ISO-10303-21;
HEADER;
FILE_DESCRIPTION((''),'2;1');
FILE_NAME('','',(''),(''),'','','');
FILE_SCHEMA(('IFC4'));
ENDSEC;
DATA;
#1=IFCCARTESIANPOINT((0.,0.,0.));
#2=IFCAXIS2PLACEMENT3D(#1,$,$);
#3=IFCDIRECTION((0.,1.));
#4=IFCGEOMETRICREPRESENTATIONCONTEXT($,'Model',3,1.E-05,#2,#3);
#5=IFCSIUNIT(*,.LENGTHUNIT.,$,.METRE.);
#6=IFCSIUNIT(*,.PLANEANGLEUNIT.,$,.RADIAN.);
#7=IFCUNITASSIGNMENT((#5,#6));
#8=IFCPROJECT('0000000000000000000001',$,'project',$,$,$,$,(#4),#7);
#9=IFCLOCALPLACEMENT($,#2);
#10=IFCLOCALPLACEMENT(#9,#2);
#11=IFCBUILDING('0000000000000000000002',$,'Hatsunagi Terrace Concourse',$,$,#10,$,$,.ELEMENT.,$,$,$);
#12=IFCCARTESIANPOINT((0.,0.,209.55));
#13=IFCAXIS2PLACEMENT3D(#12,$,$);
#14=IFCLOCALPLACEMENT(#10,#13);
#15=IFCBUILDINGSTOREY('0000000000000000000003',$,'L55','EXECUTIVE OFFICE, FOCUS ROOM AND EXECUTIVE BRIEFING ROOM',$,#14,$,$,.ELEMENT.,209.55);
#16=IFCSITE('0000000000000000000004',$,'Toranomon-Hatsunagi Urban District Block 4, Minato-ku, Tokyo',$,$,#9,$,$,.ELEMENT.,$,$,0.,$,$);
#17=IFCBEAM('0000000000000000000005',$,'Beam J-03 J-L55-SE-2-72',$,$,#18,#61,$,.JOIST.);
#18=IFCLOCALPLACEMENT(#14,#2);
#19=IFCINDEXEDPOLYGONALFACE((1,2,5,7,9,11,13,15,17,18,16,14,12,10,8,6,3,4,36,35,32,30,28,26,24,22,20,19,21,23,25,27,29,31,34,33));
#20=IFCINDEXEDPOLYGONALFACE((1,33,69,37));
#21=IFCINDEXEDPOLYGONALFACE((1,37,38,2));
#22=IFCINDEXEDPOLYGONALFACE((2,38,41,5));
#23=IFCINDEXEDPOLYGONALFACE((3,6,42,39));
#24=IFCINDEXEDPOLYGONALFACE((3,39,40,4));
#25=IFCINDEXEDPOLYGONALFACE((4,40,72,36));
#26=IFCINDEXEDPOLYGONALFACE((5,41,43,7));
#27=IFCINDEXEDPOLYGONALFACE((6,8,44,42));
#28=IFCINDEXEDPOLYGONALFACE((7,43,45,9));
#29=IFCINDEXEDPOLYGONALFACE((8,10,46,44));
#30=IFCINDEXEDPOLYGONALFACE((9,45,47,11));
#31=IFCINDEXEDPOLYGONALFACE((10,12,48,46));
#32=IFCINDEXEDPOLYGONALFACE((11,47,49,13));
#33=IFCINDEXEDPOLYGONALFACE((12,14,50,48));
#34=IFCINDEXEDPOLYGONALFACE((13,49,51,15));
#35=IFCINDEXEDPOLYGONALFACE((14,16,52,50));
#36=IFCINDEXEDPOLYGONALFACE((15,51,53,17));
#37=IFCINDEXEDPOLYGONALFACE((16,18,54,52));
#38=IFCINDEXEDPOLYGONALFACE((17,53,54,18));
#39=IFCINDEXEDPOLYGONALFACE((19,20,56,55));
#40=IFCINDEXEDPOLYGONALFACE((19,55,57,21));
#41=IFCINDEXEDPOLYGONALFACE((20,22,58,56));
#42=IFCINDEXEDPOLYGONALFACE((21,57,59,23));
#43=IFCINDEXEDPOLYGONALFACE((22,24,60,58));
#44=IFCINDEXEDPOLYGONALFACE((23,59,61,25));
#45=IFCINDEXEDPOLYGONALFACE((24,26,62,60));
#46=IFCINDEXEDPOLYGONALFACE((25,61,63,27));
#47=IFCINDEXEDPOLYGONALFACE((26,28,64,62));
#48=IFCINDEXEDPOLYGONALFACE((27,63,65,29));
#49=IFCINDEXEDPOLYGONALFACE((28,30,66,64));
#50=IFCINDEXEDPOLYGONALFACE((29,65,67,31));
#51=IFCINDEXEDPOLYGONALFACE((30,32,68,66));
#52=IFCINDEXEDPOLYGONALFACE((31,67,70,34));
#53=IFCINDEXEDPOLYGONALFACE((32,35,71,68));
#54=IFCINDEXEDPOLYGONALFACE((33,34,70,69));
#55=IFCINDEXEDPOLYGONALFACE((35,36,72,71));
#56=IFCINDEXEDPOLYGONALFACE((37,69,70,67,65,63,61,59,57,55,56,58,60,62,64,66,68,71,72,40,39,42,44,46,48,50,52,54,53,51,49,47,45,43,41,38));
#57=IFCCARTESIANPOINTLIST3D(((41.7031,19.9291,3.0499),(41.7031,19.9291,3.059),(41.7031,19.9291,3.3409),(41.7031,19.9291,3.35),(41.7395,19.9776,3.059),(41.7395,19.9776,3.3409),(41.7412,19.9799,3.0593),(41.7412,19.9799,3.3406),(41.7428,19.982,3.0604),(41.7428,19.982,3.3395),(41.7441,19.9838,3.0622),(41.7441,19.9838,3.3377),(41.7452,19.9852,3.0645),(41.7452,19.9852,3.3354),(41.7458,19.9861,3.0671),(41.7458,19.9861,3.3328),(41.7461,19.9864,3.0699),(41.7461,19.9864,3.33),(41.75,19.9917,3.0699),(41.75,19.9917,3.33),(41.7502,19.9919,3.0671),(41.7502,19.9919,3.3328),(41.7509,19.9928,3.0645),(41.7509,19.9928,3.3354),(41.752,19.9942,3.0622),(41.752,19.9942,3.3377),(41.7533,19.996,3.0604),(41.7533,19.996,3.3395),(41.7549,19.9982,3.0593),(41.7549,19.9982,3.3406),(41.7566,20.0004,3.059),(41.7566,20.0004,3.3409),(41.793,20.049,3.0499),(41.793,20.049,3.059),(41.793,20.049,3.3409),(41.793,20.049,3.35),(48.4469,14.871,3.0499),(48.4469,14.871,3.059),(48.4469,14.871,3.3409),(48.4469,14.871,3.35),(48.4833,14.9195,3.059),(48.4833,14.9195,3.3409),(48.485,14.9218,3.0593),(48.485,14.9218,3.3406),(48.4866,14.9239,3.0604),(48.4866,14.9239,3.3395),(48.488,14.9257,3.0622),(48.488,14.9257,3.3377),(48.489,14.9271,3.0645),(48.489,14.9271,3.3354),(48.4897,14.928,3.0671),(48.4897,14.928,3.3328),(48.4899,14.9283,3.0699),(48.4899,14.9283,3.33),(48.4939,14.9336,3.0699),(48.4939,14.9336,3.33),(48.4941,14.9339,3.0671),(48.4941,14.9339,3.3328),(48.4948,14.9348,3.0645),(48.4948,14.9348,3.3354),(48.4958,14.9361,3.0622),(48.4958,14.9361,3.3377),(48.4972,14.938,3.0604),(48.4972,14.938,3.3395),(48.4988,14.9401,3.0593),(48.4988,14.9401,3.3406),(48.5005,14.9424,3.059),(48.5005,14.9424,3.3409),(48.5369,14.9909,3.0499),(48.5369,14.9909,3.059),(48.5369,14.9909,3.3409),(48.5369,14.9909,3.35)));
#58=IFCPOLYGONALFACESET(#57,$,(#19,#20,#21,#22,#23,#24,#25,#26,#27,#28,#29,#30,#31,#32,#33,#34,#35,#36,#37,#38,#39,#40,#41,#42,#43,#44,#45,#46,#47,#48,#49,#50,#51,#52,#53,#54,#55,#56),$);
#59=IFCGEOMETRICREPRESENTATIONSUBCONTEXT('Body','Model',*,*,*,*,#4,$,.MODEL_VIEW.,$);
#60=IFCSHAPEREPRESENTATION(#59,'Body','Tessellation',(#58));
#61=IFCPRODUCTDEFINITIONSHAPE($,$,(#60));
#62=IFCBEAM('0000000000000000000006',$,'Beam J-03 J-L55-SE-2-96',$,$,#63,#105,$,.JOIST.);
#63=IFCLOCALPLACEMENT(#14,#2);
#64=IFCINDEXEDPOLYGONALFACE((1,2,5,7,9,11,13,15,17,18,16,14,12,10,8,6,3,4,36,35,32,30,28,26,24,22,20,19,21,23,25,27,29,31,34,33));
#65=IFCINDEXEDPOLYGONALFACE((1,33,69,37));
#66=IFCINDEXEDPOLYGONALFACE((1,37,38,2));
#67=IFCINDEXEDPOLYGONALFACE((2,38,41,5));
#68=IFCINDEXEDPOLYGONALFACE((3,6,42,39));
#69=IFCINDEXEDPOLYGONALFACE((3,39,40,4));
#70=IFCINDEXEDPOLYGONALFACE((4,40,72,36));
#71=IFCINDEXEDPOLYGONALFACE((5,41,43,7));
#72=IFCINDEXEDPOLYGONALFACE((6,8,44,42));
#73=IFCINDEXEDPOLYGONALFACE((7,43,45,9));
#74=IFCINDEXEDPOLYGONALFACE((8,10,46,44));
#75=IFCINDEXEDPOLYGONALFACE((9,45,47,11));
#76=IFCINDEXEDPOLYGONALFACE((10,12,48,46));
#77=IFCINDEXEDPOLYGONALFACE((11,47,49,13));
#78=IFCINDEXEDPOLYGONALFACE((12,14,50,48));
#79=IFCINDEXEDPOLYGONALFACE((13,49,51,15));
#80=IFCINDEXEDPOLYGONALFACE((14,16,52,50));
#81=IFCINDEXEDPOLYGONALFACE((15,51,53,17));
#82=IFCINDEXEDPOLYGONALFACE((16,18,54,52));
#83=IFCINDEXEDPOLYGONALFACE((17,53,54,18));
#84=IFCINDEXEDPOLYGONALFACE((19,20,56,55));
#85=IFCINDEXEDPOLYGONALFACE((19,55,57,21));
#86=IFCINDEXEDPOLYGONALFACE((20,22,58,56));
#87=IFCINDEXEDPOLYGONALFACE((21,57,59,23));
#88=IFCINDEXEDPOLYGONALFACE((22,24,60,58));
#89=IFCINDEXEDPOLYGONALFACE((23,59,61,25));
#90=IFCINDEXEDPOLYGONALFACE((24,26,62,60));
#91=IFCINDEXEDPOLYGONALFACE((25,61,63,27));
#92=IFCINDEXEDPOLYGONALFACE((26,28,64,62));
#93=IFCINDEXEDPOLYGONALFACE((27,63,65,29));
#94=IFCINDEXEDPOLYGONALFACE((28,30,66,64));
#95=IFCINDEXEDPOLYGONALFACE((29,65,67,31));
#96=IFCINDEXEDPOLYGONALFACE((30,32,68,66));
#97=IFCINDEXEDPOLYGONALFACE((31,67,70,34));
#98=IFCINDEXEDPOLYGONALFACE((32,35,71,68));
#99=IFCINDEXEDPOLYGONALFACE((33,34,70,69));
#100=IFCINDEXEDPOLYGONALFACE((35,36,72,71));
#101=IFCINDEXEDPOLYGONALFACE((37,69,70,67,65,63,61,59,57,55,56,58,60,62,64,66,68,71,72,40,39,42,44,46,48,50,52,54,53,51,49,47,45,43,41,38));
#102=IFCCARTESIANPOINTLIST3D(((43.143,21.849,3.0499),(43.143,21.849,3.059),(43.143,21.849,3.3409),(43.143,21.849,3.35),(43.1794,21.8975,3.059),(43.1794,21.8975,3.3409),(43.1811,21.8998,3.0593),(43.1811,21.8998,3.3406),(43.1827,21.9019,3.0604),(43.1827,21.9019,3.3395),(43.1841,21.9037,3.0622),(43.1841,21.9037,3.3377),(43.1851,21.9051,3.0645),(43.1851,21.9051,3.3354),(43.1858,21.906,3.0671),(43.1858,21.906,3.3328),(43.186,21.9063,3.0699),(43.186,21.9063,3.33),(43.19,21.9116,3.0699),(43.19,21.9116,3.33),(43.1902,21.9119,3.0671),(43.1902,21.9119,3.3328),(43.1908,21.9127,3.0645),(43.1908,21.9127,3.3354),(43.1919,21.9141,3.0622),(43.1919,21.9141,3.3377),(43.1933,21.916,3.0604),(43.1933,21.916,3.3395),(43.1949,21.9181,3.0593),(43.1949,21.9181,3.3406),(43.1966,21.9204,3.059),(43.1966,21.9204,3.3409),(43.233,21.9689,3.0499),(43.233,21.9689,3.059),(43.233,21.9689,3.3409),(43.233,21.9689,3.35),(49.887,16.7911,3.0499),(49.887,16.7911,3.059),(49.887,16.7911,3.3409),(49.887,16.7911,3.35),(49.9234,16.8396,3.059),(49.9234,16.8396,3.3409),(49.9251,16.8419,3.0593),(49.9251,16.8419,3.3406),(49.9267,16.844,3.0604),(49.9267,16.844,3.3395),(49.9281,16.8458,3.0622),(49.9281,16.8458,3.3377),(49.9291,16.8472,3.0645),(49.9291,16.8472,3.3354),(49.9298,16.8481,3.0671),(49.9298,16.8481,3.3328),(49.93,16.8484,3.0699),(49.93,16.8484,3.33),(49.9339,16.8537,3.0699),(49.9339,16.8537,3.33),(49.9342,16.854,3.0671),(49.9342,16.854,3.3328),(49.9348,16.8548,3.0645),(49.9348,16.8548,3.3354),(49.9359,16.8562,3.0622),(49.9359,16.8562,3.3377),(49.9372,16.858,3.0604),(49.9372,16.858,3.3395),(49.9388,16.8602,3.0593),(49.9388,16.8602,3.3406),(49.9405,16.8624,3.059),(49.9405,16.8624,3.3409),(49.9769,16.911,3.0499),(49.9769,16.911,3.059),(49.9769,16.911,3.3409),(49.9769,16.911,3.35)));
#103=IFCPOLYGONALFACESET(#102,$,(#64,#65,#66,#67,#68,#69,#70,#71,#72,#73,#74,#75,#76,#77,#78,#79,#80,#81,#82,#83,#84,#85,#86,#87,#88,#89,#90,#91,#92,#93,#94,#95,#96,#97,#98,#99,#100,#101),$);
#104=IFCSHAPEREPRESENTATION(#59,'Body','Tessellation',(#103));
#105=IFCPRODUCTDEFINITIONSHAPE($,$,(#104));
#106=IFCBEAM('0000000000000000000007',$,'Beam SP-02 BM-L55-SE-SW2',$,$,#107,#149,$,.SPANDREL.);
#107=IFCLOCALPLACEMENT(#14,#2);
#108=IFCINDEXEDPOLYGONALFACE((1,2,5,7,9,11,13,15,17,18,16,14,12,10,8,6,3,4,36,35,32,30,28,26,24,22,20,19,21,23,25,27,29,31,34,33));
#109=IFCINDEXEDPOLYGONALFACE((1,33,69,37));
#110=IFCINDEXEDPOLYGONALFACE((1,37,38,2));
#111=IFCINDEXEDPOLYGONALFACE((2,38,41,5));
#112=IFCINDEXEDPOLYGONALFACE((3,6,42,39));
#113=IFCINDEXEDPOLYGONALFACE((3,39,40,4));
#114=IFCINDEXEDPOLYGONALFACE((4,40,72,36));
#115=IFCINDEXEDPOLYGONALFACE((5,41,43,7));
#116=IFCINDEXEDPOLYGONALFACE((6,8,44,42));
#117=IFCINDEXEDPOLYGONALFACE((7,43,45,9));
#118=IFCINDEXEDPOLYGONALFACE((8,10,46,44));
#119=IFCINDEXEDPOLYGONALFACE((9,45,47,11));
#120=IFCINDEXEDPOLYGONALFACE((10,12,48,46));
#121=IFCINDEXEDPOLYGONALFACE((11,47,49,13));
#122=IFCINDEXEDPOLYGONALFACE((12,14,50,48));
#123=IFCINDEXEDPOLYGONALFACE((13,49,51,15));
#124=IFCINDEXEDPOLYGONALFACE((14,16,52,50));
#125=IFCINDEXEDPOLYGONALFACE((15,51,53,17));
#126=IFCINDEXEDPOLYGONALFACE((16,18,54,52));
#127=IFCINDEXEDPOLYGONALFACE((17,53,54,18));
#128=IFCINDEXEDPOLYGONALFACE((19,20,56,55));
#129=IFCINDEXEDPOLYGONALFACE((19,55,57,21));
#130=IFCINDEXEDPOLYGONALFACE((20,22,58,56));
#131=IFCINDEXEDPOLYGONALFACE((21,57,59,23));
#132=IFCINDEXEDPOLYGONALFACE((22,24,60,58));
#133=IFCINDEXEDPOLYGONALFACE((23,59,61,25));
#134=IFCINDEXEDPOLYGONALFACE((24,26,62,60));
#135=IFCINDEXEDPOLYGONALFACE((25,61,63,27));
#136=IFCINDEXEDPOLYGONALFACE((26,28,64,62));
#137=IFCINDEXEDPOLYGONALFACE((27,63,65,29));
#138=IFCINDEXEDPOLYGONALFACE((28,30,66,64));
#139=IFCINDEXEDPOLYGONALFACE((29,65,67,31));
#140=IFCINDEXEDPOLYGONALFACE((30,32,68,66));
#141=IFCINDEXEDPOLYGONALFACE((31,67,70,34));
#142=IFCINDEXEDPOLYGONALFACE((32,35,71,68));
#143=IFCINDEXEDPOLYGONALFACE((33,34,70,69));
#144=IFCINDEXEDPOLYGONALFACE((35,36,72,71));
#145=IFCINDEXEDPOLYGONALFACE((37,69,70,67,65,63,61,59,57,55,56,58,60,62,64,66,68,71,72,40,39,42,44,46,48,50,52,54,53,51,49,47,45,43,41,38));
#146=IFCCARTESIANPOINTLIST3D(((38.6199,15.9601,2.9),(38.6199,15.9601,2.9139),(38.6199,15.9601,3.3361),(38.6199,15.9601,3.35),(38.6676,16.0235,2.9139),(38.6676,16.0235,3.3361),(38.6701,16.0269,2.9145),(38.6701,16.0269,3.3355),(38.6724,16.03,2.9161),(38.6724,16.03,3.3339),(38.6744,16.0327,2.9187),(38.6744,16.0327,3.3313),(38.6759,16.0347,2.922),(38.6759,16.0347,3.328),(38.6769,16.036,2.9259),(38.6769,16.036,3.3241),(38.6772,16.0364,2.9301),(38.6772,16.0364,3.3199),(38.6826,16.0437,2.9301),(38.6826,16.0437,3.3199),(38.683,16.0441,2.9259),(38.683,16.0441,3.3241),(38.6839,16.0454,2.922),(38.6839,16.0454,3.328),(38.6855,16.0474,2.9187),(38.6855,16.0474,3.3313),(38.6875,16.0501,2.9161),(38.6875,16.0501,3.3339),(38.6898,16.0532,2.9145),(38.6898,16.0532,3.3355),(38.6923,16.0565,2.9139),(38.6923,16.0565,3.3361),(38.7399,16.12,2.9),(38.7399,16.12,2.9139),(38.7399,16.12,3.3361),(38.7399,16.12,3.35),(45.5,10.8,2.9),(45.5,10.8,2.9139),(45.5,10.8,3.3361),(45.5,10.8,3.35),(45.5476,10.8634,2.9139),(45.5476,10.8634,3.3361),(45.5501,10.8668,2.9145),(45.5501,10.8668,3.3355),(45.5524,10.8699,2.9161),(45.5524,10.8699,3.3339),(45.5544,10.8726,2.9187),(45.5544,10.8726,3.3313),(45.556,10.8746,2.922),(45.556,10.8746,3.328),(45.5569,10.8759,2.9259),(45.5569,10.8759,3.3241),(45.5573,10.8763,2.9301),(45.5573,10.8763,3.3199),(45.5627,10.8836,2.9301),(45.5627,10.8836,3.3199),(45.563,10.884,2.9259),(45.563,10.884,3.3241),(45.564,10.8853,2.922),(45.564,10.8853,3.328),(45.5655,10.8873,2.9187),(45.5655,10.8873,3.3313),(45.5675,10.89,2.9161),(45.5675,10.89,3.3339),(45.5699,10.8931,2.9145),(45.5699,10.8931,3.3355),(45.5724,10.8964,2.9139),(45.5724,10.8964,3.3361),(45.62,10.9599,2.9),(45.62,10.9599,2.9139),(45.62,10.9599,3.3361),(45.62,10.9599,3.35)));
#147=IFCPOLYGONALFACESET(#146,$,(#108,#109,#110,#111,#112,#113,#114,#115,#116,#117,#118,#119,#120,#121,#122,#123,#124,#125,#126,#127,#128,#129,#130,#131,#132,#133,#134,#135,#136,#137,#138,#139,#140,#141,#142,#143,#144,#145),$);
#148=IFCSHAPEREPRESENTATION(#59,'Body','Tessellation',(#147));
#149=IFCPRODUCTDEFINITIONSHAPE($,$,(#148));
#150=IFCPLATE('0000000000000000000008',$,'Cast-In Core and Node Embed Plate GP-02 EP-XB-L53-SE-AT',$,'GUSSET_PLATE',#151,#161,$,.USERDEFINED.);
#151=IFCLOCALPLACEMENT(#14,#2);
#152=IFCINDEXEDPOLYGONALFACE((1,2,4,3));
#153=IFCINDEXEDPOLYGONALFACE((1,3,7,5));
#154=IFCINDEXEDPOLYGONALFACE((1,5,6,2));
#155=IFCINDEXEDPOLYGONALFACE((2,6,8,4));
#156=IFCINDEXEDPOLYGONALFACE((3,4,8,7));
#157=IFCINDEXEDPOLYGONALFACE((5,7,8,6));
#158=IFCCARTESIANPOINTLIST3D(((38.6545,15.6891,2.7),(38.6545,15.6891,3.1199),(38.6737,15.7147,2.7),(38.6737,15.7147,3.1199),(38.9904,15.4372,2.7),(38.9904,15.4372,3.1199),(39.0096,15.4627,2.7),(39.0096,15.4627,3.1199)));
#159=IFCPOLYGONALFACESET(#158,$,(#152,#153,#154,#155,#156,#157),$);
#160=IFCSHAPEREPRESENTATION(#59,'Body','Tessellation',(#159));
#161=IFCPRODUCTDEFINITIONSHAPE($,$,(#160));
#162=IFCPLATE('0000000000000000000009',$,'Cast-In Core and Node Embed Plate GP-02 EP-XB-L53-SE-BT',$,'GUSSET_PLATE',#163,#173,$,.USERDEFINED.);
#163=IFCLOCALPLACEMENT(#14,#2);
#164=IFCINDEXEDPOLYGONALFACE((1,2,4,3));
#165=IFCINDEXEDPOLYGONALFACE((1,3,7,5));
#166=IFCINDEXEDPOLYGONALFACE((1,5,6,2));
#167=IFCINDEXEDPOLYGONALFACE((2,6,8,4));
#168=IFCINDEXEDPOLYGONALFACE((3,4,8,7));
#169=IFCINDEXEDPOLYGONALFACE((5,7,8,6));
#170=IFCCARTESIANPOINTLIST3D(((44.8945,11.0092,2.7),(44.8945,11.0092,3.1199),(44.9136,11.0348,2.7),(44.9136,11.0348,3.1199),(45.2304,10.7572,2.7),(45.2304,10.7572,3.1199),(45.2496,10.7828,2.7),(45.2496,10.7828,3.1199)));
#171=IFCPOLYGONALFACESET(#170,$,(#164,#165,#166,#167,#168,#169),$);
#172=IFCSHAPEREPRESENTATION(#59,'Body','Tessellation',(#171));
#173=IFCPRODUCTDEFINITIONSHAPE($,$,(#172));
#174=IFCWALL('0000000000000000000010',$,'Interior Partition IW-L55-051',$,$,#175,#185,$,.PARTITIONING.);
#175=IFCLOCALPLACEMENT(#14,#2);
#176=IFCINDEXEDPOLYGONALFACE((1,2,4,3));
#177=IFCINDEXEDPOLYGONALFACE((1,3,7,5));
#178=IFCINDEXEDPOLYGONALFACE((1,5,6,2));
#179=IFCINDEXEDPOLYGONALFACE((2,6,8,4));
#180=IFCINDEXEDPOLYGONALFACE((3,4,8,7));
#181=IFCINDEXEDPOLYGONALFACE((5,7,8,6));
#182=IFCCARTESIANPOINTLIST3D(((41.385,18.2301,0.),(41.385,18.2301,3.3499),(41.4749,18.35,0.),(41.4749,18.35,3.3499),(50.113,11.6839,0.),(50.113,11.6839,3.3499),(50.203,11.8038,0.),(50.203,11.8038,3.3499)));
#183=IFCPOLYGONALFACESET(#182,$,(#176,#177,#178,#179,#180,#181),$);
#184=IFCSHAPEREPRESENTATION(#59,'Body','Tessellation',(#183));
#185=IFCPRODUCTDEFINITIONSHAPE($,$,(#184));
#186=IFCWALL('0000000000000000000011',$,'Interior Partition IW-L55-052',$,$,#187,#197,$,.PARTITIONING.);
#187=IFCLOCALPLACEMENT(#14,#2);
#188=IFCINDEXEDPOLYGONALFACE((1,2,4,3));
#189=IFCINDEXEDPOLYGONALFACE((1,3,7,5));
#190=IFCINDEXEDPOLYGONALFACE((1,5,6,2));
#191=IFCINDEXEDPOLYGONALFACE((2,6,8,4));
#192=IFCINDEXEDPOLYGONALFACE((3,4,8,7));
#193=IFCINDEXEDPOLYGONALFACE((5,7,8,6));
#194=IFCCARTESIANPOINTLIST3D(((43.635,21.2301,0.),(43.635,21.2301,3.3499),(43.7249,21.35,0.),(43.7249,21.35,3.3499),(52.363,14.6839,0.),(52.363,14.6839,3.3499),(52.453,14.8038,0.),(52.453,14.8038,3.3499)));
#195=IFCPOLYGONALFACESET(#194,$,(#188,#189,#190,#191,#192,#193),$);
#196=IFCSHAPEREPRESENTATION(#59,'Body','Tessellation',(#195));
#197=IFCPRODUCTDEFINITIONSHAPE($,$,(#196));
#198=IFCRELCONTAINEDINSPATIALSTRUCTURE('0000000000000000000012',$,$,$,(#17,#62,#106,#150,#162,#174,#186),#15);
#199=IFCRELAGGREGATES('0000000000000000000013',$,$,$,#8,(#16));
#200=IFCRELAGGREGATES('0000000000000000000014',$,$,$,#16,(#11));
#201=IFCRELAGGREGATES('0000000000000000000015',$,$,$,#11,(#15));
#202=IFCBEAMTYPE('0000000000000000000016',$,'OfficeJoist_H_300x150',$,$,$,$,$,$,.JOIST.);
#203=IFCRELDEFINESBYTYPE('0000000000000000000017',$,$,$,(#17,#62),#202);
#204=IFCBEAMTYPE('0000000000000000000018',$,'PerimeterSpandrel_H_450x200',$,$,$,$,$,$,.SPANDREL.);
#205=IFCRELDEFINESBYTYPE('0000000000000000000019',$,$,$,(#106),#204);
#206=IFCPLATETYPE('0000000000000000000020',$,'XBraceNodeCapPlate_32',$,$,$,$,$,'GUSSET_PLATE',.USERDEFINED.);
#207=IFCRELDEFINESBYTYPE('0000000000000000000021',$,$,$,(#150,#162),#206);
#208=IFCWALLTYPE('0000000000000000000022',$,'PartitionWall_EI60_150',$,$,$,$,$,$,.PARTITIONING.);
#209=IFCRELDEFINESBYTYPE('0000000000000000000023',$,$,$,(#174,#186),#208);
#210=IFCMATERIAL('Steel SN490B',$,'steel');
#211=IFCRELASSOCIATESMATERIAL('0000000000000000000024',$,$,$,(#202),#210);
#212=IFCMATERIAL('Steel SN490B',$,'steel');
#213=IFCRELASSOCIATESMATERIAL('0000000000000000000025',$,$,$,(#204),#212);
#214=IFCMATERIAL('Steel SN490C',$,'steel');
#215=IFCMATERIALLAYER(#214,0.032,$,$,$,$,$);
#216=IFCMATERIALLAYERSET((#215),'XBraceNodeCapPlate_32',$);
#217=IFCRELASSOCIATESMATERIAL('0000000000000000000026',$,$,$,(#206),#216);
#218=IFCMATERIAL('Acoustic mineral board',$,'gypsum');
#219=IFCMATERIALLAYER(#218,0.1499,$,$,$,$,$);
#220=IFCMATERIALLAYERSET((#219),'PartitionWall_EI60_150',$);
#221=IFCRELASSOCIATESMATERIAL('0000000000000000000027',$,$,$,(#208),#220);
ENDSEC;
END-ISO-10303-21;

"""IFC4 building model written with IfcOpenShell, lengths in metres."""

from ifc_helpers import new_model, si_unit, direction, frame, frame_2d, origin, origin_2d, place, context, subcontext, project, spatial, rectangle, i_section, extrude, material, layer, layer_set, material_profile, profile_set, type_object, element, save


model = new_model("IFC4")

# Units and contexts
model_context = context("Model", 3, precision=1e-05, world=origin(), true_north=direction((0.0, 1.0)))
body_context = subcontext(model_context, "Body", "Model", "MODEL_VIEW")
ifc_project = project(units=[si_unit("LENGTHUNIT", "METRE"), si_unit("PLANEANGLEUNIT", "RADIAN")], contexts=[model_context])

# Site, building, storey
site_placement = place(None, origin())
site = spatial("IfcSite", under=ifc_project, at=site_placement, Name="Toranomon-Hatsunagi Urban District Block 4, Minato-ku, Tokyo", CompositionType="ELEMENT", RefElevation=0.0)
building_placement = place(site_placement, origin())
building = spatial("IfcBuilding", under=site, at=building_placement, Name="Hatsunagi Terrace Concourse", CompositionType="ELEMENT")
storey_placement = place(building_placement, frame((0.0, 0.0, 209.55)))
storey = spatial("IfcBuildingStorey", under=building, at=storey_placement, Name="L55", Description="EXECUTIVE OFFICE, FOCUS ROOM AND EXECUTIVE BRIEFING ROOM", CompositionType="ELEMENT", Elevation=209.55)

# Beams
ifc_material_1 = material(Name="Steel SN490B", Category="steel")
ifc_material_profile_1 = material_profile(ifc_material_1, i_section(OverallWidth=0.1499, OverallDepth=0.3, WebThickness=0.0066, FlangeThickness=0.009, FilletRadius=0.011, at=origin_2d()), Name="H-300x150x6.5x9")
ifc_profile_set_1 = profile_set([ifc_material_profile_1], Name="Steel SN490B")
beam_type_1 = type_object("IfcBeamType", Name="OfficeJoist_H_300x150", PredefinedType="JOIST", material=ifc_profile_set_1)
for number, where, z_axis, x_axis, name in (
    (1, (41.748, 19.989, 3.2), (0.79999, -0.600014, 0.0), (0.600014, 0.79999, 0.0), "Beam J-03 J-L55-SE-2-72"),
    (2, (43.188, 21.9089, 3.2), (0.800003, -0.599995, 0.0), (0.599995, 0.800003, 0.0), "Beam J-03 J-L55-SE-2-96"),
):
    element("IfcBeam", number, at=place(storey_placement, frame(where, z_axis=z_axis, x_axis=x_axis)), inside=storey, type_object=beam_type_1, Name=name, PredefinedType="JOIST", context=body_context, shape_type="SweptSolid", body=[
        extrude(i_section(OverallWidth=0.1499, OverallDepth=0.3, WebThickness=0.0066, FlangeThickness=0.009, FilletRadius=0.011, at=origin_2d()), origin(), (0.0, 0.0, 1.0), 8.4299),
    ])
ifc_material_2 = material(Name="Steel SN490B", Category="steel")
ifc_material_profile_2 = material_profile(ifc_material_2, i_section(OverallWidth=0.2, OverallDepth=0.45, WebThickness=0.009, FlangeThickness=0.0139, FilletRadius=0.0161, at=origin_2d()), Name="H-450x200x9x14")
ifc_profile_set_2 = profile_set([ifc_material_profile_2], Name="Steel SN490B")
beam_type_2 = type_object("IfcBeamType", Name="PerimeterSpandrel_H_450x200", PredefinedType="SPANDREL", material=ifc_profile_set_2)
beam_1_placement = place(storey_placement, frame((38.6799, 16.04, 3.125), z_axis=(0.799997, -0.600005, 0.0), x_axis=(0.600005, 0.799997, 0.0)))
element("IfcBeam", 3, at=beam_1_placement, inside=storey, type_object=beam_type_2, Name="Beam SP-02 BM-L55-SE-SW2", PredefinedType="SPANDREL", context=body_context, shape_type="SweptSolid", body=[
    extrude(i_section(OverallWidth=0.2, OverallDepth=0.45, WebThickness=0.009, FlangeThickness=0.0139, FilletRadius=0.0161, at=origin_2d()), origin(), (0.0, 0.0, 1.0), 8.6001),
])

# Plates
ifc_material_3 = material(Name="Steel SN490C", Category="steel")
ifc_layer_1 = layer(ifc_material_3, 0.032)
ifc_layer_set_1 = layer_set([ifc_layer_1], Name="XBraceNodeCapPlate_32")
plate_type = type_object("IfcPlateType", Name="XBraceNodeCapPlate_32", ElementType="GUSSET_PLATE", PredefinedType="USERDEFINED", material=ifc_layer_set_1)
for number, where, z_axis, x_axis, name in (
    (4, (38.832, 15.5759, 2.7), (0.0, 0.0, 1.0), (0.8, -0.6, 0.0), "Cast-In Core and Node Embed Plate GP-02 EP-XB-L53-SE-AT"),
    (5, (45.072, 10.896, 2.7), (0.0, 0.0, 1.0), (0.8, -0.6, 0.0), "Cast-In Core and Node Embed Plate GP-02 EP-XB-L53-SE-BT"),
):
    element("IfcPlate", number, at=place(storey_placement, frame(where, z_axis=z_axis, x_axis=x_axis)), inside=storey, type_object=plate_type, Name=name, ObjectType="GUSSET_PLATE", PredefinedType="USERDEFINED", context=body_context, shape_type="SweptSolid", body=[
        extrude(rectangle(XDim=0.4199, YDim=0.032, at=origin_2d()), origin(), (0.0, 0.0, 1.0), 0.4199),
    ])

# Walls
ifc_material_4 = material(Name="Acoustic mineral board", Category="gypsum")
ifc_layer_2 = layer(ifc_material_4, 0.1499)
ifc_layer_set_2 = layer_set([ifc_layer_2], Name="PartitionWall_EI60_150")
wall_type_1 = type_object("IfcWallType", Name="PartitionWall_EI60_150", PredefinedType="PARTITIONING", material=ifc_layer_set_2)
for number, where, z_axis, x_axis, name in (
    (6, (41.4299, 18.29, 0.0), (0.0, 0.0, 1.0), (0.799995, -0.600007, 0.0), "Interior Partition IW-L55-051"),
    (7, (43.6799, 21.29, 0.0), (0.0, 0.0, 1.0), (0.799995, -0.600007, 0.0), "Interior Partition IW-L55-052"),
):
    element("IfcWall", number, at=place(storey_placement, frame(where, z_axis=z_axis, x_axis=x_axis)), inside=storey, type_object=wall_type_1, Name=name, PredefinedType="PARTITIONING", context=body_context, shape_type="SweptSolid", body=[
        extrude(rectangle(XDim=10.9102, YDim=0.1499, at=frame_2d((5.4551, 0.0))), origin(), (0.0, 0.0, 1.0), 3.3499),
    ])

save(model, "model.ifc")
